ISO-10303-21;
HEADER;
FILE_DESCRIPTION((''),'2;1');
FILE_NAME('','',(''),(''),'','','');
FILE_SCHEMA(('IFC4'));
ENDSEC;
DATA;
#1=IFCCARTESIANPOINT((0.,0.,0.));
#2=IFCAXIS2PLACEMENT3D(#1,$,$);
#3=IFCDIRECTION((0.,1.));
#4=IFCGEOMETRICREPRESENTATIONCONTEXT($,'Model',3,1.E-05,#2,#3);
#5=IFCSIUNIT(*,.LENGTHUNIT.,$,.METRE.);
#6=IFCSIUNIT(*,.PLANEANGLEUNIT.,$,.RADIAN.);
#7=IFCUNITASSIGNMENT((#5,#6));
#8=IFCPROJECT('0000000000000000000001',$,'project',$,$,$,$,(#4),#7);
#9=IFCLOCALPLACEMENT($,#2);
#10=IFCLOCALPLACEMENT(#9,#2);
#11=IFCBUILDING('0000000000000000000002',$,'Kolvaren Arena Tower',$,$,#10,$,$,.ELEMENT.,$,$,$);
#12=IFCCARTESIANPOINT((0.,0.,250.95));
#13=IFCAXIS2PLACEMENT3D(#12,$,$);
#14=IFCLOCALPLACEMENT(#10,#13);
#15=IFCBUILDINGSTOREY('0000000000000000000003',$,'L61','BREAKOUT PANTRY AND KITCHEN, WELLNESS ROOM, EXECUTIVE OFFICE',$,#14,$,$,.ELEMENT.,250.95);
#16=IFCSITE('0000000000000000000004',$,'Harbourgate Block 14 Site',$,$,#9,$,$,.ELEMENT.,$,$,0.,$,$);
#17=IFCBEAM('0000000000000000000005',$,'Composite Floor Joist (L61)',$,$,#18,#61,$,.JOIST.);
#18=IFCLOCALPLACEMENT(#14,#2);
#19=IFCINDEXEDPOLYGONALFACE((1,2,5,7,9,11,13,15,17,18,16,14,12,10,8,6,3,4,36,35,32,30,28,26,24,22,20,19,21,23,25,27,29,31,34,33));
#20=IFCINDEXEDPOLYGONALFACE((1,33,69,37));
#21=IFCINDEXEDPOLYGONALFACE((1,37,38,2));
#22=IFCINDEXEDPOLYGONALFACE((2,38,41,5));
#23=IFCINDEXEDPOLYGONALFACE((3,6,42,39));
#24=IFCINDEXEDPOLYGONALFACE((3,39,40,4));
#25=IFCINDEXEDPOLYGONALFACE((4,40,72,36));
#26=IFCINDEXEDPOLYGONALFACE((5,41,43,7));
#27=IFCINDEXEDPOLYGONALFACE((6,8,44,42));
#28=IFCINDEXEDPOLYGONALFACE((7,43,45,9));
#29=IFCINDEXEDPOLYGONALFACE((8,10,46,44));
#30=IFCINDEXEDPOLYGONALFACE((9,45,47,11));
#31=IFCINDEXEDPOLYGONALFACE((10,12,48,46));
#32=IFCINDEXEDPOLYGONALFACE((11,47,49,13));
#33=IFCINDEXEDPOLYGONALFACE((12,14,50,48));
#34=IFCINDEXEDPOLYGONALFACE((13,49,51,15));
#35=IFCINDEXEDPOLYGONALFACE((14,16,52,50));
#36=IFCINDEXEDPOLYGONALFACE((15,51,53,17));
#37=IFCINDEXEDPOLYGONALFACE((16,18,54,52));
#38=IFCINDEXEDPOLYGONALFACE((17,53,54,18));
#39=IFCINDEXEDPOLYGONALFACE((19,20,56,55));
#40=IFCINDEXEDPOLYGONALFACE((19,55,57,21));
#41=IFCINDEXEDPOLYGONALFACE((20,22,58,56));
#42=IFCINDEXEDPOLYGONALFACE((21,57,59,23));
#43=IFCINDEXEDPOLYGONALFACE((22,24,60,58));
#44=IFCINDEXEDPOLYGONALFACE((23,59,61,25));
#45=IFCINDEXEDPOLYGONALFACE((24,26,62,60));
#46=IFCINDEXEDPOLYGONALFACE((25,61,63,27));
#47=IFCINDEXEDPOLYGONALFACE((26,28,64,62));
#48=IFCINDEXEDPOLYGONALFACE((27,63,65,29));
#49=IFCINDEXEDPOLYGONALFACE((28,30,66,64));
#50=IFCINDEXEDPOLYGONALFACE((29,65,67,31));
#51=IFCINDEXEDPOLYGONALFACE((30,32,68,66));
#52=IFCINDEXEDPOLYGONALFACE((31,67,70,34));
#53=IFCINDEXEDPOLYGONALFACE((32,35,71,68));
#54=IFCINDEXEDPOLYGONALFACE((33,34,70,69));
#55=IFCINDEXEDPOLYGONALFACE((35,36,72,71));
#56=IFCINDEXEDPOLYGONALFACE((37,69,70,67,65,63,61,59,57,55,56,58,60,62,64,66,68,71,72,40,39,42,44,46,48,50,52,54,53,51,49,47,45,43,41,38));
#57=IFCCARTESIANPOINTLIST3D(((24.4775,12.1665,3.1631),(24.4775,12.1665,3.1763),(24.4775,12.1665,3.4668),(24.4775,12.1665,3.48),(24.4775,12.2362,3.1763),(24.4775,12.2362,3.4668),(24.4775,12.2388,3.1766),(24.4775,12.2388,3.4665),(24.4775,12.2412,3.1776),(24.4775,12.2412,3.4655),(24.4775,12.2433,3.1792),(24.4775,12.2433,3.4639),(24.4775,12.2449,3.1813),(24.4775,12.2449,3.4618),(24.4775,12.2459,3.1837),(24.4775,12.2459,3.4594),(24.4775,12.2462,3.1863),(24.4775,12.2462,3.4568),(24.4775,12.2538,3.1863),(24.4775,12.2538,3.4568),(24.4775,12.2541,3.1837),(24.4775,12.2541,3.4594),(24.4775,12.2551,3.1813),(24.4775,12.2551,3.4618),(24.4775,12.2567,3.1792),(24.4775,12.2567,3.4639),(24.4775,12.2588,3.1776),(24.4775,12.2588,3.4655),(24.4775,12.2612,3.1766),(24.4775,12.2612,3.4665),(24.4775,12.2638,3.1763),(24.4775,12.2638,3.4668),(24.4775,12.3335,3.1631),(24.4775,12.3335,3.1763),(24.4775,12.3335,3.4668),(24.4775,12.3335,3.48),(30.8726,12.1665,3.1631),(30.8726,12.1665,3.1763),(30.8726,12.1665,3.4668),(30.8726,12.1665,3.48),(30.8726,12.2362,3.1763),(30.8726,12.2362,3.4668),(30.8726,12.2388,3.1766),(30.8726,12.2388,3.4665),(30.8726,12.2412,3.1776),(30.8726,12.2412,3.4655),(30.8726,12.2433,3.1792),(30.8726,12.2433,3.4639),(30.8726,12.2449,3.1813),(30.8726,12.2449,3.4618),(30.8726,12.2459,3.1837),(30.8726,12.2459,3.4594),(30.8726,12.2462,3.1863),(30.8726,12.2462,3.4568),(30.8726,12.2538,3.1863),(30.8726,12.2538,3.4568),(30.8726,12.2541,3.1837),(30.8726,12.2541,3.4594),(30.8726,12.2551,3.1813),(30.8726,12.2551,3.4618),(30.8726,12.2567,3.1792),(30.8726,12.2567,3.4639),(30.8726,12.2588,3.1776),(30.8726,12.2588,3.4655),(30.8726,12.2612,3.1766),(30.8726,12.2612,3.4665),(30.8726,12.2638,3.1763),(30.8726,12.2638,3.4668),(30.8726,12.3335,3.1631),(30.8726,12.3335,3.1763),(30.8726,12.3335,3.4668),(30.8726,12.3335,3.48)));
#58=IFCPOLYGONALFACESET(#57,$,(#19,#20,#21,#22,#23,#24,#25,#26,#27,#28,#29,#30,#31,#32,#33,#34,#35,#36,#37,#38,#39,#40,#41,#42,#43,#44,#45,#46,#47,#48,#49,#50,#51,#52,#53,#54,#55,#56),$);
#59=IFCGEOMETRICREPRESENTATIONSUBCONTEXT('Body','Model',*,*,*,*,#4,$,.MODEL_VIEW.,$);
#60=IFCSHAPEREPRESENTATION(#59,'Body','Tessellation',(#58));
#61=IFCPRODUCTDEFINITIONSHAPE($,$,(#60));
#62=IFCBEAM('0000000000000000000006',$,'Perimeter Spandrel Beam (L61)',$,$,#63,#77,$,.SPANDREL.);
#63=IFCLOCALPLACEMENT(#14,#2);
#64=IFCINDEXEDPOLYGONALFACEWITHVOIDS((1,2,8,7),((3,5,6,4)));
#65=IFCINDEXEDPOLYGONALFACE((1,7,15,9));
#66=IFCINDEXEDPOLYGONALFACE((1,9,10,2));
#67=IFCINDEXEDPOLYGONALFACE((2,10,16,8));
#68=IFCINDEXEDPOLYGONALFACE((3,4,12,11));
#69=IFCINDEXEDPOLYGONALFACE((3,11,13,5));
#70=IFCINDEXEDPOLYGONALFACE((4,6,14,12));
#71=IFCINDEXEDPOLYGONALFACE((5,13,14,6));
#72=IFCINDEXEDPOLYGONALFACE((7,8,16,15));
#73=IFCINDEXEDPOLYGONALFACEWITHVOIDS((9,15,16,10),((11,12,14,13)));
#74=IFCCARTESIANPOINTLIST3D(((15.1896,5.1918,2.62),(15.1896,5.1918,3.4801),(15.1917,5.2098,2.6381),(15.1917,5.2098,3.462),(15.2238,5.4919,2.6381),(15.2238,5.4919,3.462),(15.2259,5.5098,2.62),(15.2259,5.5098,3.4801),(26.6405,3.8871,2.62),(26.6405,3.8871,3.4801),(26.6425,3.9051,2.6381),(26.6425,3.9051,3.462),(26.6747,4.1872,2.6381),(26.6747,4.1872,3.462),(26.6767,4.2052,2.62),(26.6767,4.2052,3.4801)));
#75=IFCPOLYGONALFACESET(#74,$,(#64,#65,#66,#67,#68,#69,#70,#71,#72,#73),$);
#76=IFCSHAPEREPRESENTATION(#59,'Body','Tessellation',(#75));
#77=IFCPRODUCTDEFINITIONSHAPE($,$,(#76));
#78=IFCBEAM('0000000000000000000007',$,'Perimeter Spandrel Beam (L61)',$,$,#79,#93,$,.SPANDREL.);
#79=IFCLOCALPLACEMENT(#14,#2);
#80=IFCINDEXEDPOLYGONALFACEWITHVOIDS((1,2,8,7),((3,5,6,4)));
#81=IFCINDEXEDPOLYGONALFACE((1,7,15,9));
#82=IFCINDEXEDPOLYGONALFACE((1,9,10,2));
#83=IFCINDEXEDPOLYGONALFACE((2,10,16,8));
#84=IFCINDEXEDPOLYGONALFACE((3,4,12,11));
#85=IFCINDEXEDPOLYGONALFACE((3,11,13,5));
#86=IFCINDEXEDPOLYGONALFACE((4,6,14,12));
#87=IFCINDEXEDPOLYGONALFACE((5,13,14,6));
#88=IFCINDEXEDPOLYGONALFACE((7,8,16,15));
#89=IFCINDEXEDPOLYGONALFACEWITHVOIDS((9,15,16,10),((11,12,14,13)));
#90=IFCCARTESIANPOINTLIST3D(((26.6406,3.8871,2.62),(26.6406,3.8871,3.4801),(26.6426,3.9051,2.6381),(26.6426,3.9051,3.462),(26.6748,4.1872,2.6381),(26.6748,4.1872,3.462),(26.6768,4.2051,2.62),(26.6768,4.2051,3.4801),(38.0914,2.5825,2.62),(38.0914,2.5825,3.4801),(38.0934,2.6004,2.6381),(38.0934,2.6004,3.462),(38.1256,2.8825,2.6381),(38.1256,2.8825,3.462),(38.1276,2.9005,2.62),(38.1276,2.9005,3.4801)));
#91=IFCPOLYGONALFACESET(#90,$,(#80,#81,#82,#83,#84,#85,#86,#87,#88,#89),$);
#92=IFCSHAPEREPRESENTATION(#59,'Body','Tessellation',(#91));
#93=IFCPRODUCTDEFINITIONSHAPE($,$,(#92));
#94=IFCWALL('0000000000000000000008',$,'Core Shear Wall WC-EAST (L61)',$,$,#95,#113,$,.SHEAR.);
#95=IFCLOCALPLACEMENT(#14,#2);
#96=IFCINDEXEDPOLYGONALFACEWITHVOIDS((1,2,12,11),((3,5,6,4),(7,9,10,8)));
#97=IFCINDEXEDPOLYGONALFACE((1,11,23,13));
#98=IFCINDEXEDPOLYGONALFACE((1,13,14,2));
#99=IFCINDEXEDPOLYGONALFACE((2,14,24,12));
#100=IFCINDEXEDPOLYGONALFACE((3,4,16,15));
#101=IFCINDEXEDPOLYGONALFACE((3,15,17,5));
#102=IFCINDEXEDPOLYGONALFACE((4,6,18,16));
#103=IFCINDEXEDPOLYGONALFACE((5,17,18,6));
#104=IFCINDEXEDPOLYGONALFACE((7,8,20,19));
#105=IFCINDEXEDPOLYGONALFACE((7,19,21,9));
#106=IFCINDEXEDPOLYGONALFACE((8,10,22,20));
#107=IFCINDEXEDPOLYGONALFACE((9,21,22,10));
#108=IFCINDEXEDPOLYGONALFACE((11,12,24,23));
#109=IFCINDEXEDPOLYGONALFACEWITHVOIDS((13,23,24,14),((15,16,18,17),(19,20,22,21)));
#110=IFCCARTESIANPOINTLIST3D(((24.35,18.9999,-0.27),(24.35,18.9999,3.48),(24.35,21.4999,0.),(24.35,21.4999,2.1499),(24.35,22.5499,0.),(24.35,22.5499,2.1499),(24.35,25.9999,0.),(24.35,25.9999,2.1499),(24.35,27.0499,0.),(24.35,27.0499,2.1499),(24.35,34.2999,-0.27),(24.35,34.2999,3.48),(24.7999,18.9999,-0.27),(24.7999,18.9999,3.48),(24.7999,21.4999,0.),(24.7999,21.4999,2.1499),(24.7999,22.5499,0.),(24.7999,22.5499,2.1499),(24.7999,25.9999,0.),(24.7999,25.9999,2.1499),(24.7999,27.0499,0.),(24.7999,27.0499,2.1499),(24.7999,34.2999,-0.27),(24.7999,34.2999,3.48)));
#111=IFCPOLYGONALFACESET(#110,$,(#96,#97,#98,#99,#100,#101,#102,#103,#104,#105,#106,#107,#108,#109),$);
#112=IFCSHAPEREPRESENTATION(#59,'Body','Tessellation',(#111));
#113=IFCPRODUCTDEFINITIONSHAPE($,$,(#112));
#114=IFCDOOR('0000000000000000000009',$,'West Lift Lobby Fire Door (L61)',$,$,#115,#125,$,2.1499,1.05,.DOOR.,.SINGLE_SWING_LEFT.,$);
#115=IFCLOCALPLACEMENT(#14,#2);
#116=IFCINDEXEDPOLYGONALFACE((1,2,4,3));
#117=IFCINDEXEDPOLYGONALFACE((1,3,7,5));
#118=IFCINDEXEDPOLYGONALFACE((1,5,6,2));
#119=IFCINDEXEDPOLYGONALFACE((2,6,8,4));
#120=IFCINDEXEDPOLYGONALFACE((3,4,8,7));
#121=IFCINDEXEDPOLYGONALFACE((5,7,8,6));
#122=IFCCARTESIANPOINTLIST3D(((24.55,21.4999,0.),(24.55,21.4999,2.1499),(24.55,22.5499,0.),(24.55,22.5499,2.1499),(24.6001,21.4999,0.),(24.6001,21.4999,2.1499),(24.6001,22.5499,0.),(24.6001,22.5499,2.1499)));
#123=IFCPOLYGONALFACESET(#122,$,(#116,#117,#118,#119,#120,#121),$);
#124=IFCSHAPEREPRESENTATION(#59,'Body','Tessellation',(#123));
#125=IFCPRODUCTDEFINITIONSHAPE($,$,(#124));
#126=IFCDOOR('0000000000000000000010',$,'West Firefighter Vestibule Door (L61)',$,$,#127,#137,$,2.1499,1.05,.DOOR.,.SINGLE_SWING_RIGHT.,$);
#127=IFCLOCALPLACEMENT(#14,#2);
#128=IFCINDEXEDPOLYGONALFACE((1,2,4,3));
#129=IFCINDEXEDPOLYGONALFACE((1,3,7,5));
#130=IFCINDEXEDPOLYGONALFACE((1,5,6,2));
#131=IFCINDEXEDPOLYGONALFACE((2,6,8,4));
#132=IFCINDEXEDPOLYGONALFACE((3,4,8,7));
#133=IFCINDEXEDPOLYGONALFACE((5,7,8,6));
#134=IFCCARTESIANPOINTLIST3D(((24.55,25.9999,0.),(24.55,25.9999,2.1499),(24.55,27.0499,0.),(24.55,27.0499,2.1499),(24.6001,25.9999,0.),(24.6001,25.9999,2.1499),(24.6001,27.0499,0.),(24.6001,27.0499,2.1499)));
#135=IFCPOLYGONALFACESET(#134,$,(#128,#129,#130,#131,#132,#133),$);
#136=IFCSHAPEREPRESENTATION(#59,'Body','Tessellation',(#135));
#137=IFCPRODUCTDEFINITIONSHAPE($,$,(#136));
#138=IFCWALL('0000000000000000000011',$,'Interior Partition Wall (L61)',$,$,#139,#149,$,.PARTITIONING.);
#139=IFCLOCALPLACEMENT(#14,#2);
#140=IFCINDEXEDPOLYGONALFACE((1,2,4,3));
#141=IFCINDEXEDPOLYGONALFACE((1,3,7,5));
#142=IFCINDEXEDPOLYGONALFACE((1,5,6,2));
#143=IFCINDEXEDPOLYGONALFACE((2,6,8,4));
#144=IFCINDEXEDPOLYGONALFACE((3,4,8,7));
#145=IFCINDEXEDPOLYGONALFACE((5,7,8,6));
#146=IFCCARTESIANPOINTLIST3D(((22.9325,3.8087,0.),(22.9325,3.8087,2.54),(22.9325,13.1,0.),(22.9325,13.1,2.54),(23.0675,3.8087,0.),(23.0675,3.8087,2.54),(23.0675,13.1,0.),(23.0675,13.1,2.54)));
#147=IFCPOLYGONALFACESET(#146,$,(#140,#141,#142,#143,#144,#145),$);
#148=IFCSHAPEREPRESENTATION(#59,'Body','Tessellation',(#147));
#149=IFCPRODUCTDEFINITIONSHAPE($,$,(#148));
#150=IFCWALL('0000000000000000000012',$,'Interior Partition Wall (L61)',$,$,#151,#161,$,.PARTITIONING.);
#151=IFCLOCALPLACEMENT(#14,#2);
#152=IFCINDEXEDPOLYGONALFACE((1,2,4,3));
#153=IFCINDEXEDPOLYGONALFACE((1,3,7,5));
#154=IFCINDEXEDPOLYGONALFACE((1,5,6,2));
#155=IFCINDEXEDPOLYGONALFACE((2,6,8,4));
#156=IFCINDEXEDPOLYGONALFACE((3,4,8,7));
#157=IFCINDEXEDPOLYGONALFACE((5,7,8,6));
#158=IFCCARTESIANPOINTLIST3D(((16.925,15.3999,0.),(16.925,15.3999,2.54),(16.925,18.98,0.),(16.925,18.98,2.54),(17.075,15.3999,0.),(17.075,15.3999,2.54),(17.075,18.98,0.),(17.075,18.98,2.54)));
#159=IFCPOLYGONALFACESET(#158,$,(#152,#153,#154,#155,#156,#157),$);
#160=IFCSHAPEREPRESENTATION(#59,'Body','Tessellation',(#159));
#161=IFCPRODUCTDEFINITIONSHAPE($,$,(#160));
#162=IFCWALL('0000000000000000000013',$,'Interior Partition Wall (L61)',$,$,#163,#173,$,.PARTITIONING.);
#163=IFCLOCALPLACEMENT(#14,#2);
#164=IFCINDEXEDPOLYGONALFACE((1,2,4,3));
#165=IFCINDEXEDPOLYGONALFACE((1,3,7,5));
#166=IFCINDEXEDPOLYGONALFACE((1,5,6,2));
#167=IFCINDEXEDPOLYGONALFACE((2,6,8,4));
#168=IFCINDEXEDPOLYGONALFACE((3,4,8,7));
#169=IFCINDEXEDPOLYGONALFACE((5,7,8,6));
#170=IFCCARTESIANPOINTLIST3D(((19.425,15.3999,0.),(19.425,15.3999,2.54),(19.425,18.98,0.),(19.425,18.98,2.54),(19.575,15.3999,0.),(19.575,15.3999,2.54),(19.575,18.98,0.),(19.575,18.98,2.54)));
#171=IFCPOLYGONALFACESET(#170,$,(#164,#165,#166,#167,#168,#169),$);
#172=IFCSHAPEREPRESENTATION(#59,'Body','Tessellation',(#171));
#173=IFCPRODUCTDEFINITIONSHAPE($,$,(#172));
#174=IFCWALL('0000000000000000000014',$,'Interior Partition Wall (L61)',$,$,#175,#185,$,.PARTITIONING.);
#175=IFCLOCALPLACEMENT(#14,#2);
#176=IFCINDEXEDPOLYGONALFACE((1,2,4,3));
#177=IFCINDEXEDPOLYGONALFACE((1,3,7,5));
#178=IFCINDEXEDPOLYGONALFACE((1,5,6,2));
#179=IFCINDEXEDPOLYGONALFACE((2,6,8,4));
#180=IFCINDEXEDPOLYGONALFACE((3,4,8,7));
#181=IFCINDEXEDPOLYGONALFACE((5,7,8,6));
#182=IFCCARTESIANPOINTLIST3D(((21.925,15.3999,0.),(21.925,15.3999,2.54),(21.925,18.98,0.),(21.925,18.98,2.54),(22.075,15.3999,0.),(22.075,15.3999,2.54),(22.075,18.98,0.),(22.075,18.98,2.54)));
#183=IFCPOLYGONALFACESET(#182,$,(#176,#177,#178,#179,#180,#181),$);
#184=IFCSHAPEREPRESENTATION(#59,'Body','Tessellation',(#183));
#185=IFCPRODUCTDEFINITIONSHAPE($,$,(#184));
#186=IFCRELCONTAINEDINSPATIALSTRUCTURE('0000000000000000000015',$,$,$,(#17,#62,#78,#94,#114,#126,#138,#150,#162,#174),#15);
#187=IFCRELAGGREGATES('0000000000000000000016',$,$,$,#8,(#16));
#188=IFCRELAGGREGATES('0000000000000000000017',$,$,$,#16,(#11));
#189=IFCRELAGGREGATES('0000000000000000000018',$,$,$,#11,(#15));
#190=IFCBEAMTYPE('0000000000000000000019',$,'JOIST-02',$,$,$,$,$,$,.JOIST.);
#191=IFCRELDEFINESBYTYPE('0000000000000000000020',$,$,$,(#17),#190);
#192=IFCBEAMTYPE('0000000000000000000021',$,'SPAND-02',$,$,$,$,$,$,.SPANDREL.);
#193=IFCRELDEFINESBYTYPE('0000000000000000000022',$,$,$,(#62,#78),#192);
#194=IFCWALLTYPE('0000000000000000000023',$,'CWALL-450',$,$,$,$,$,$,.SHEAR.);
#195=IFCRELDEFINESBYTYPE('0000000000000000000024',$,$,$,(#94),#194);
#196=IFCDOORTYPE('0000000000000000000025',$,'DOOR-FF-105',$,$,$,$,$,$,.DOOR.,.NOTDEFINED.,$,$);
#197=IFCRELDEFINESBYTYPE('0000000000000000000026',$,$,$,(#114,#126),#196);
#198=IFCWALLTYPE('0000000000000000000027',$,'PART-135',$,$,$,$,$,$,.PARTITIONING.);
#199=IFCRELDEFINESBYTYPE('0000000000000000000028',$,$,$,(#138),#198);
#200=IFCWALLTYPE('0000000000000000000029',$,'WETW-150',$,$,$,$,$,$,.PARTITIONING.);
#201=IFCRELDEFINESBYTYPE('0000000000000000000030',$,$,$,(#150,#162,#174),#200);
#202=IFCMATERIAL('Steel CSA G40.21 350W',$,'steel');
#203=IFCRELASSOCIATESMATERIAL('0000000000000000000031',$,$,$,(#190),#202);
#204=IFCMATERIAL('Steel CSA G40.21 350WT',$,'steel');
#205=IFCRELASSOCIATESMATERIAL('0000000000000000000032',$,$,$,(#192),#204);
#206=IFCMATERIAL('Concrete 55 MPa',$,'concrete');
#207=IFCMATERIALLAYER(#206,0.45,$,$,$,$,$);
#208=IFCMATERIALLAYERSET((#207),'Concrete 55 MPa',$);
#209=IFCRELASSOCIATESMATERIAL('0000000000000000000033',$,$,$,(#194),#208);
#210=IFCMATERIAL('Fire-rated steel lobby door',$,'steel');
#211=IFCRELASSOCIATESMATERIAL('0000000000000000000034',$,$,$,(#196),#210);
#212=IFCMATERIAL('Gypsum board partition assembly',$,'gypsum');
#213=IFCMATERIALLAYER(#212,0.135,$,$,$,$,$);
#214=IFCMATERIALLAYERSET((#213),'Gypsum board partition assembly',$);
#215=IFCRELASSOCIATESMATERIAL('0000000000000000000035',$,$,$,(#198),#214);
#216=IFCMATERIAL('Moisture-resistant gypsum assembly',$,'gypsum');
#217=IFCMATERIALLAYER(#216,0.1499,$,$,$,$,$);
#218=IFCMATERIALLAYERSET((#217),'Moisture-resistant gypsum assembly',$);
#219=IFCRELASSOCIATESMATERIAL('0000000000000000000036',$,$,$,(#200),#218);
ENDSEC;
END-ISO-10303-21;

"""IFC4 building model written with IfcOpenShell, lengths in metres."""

from ifc_helpers import new_model, si_unit, direction, frame, frame_2d, origin, origin_2d, place, context, subcontext, project, spatial, rectangle, hollow_rectangle, i_section, extrude, material, layer, layer_set, material_profile, profile_set, type_object, element, fill, save


model = new_model("IFC4")

# Units and contexts
model_context = context("Model", 3, precision=1e-05, world=origin(), true_north=direction((0.0, 1.0)))
body_context = subcontext(model_context, "Body", "Model", "MODEL_VIEW")
ifc_project = project(units=[si_unit("LENGTHUNIT", "METRE"), si_unit("PLANEANGLEUNIT", "RADIAN")], contexts=[model_context])

# Site, building, storey
site_placement = place(None, origin())
site = spatial("IfcSite", under=ifc_project, at=site_placement, Name="Harbourgate Block 14 Site", CompositionType="ELEMENT", RefElevation=0.0)
building_placement = place(site_placement, origin())
building = spatial("IfcBuilding", under=site, at=building_placement, Name="Kolvaren Arena Tower", CompositionType="ELEMENT")
storey_placement = place(building_placement, frame((0.0, 0.0, 250.95)))
storey = spatial("IfcBuildingStorey", under=building, at=storey_placement, Name="L61", Description="BREAKOUT PANTRY AND KITCHEN, WELLNESS ROOM, EXECUTIVE OFFICE", CompositionType="ELEMENT", Elevation=250.95)

# Beams
ifc_material_1 = material(Name="Steel CSA G40.21 350W", Category="steel")
ifc_material_profile_1 = material_profile(ifc_material_1, i_section(OverallWidth=0.167, OverallDepth=0.3169, WebThickness=0.0076, FlangeThickness=0.0132, FilletRadius=0.01, at=origin_2d()), Name="W310x52")
ifc_profile_set_1 = profile_set([ifc_material_profile_1], Name="Steel CSA G40.21 350W")
beam_type_1 = type_object("IfcBeamType", Name="JOIST-02", PredefinedType="JOIST", material=ifc_profile_set_1)
for number, where, z_axis, x_axis, name in (
    (1, (24.4775, 12.25, 3.3215), (1.0, 0.0, 0.0), (0.0, 1.0, 0.0), "Composite Floor Joist (L61)"),
):
    element("IfcBeam", number, at=place(storey_placement, frame(where, z_axis=z_axis, x_axis=x_axis)), inside=storey, type_object=beam_type_1, Name=name, PredefinedType="JOIST", context=body_context, shape_type="SweptSolid", body=[
        extrude(i_section(OverallWidth=0.167, OverallDepth=0.3169, WebThickness=0.0076, FlangeThickness=0.0132, FilletRadius=0.01, at=origin_2d()), origin(), (0.0, 0.0, 1.0), 6.395),
    ])
ifc_material_2 = material(Name="Steel CSA G40.21 350WT", Category="steel")
ifc_material_profile_2 = material_profile(ifc_material_2, hollow_rectangle(XDim=0.3201, YDim=0.8601, WallThickness=0.0181, at=origin_2d()), Name="HSS 860x320x18")
ifc_profile_set_2 = profile_set([ifc_material_profile_2], Name="Steel CSA G40.21 350WT")
beam_type_2 = type_object("IfcBeamType", Name="SPAND-02", PredefinedType="SPANDREL", material=ifc_profile_set_2)
for number, where, z_axis, x_axis, name in (
    (2, (15.2078, 5.3508, 3.05), (0.993572, -0.113205, 0.0), (0.113205, 0.993572, 0.0), "Perimeter Spandrel Beam (L61)"),
    (3, (26.6587, 4.0461, 3.05), (0.993572, -0.113205, 0.0), (0.113205, 0.993572, 0.0), "Perimeter Spandrel Beam (L61)"),
):
    element("IfcBeam", number, at=place(storey_placement, frame(where, z_axis=z_axis, x_axis=x_axis)), inside=storey, type_object=beam_type_2, Name=name, PredefinedType="SPANDREL", context=body_context, shape_type="SweptSolid", body=[
        extrude(hollow_rectangle(XDim=0.3201, YDim=0.8601, WallThickness=0.0181, at=origin_2d()), origin(), (0.0, 0.0, 1.0), 11.5249),
    ])

# Wall, openings, doors
ifc_material_3 = material(Name="Concrete 55 MPa", Category="concrete")
ifc_layer_1 = layer(ifc_material_3, 0.45)
ifc_layer_set_1 = layer_set([ifc_layer_1], Name="Concrete 55 MPa")
wall_type_1 = type_object("IfcWallType", Name="CWALL-450", PredefinedType="SHEAR", material=ifc_layer_set_1)
wall_1_placement = place(storey_placement, frame((24.575, 19.0, -0.27), z_axis=(0.0, 0.0, 1.0), x_axis=(0.0, 1.0, 0.0)))
wall_1 = element("IfcWall", 4, at=wall_1_placement, inside=storey, type_object=wall_type_1, Name="Core Shear Wall WC-EAST (L61)", PredefinedType="SHEAR", context=body_context, shape_type="SweptSolid", body=[
    extrude(rectangle(XDim=15.3, YDim=0.45, at=frame_2d((7.6499, 0.0))), origin(), (0.0, 0.0, 1.0), 3.75),
])
opening_1_placement = place(wall_1_placement, frame((2.5, 0.0, 0.27)))
opening_1 = element("IfcOpeningElement", 5, at=opening_1_placement, cuts=wall_1, PredefinedType="OPENING", context=body_context, shape_type="SweptSolid", body=[
    extrude(rectangle(XDim=1.05, YDim=2.1499, at=frame_2d((0.5249, 1.075))), frame((0.0, 0.2349, 0.0), z_axis=(0.0, -1.0, 0.0), x_axis=(1.0, 0.0, 0.0)), (0.0, 0.0, 1.0), 0.47),
])
opening_2_placement = place(wall_1_placement, frame((7.0, 0.0, 0.27)))
opening_2 = element("IfcOpeningElement", 6, at=opening_2_placement, cuts=wall_1, PredefinedType="OPENING", context=body_context, shape_type="SweptSolid", body=[
    extrude(rectangle(XDim=1.05, YDim=2.1499, at=frame_2d((0.5249, 1.075))), frame((0.0, 0.2349, 0.0), z_axis=(0.0, -1.0, 0.0), x_axis=(1.0, 0.0, 0.0)), (0.0, 0.0, 1.0), 0.47),
])
ifc_material_4 = material(Name="Fire-rated steel lobby door", Category="steel")
door_type = type_object("IfcDoorType", Name="DOOR-FF-105", OperationType="NOTDEFINED", PredefinedType="DOOR", material=ifc_material_4)
door_1_placement = place(opening_1_placement, origin())
door_1 = element("IfcDoor", 7, at=door_1_placement, inside=storey, type_object=door_type, Name="West Lift Lobby Fire Door (L61)", OperationType="SINGLE_SWING_LEFT", OverallHeight=2.1499, OverallWidth=1.05, PredefinedType="DOOR", context=body_context, shape_type="SweptSolid", body=[
    extrude(rectangle(XDim=1.05, YDim=2.1499, at=frame_2d((0.5249, 1.075))), frame((0.0, 0.0249, 0.0), z_axis=(0.0, -1.0, 0.0), x_axis=(1.0, 0.0, 0.0)), (0.0, 0.0, 1.0), 0.05),
])
fill(opening_1, door_1)
door_2_placement = place(opening_2_placement, origin())
door_2 = element("IfcDoor", 8, at=door_2_placement, inside=storey, type_object=door_type, Name="West Firefighter Vestibule Door (L61)", OperationType="SINGLE_SWING_RIGHT", OverallHeight=2.1499, OverallWidth=1.05, PredefinedType="DOOR", context=body_context, shape_type="SweptSolid", body=[
    extrude(rectangle(XDim=1.05, YDim=2.1499, at=frame_2d((0.5249, 1.075))), frame((0.0, 0.0249, 0.0), z_axis=(0.0, -1.0, 0.0), x_axis=(1.0, 0.0, 0.0)), (0.0, 0.0, 1.0), 0.05),
])
fill(opening_2, door_2)

# Walls
ifc_material_5 = material(Name="Gypsum board partition assembly", Category="gypsum")
ifc_layer_2 = layer(ifc_material_5, 0.135)
ifc_layer_set_2 = layer_set([ifc_layer_2], Name="Gypsum board partition assembly")
wall_type_2 = type_object("IfcWallType", Name="PART-135", PredefinedType="PARTITIONING", material=ifc_layer_set_2)
wall_2_placement = place(storey_placement, frame((23.0, 3.8088, 0.0), z_axis=(0.0, 0.0, 1.0), x_axis=(0.0, 1.0, 0.0)))
element("IfcWall", 9, at=wall_2_placement, inside=storey, type_object=wall_type_2, Name="Interior Partition Wall (L61)", PredefinedType="PARTITIONING", context=body_context, shape_type="SweptSolid", body=[
    extrude(rectangle(XDim=9.2913, YDim=0.135, at=frame_2d((4.6455, 0.0))), origin(), (0.0, 0.0, 1.0), 2.54),
])
ifc_material_6 = material(Name="Moisture-resistant gypsum assembly", Category="gypsum")
ifc_layer_3 = layer(ifc_material_6, 0.1499)
ifc_layer_set_3 = layer_set([ifc_layer_3], Name="Moisture-resistant gypsum assembly")
wall_type_3 = type_object("IfcWallType", Name="WETW-150", PredefinedType="PARTITIONING", material=ifc_layer_set_3)
for number, where, z_axis, x_axis, name in (
    (10, (17.0, 15.3999, 0.0), (0.0, 0.0, 1.0), (0.0, 1.0, 0.0), "Interior Partition Wall (L61)"),
    (11, (19.5, 15.3999, 0.0), (0.0, 0.0, 1.0), (0.0, 1.0, 0.0), "Interior Partition Wall (L61)"),
    (12, (22.0, 15.3999, 0.0), (0.0, 0.0, 1.0), (0.0, 1.0, 0.0), "Interior Partition Wall (L61)"),
):
    element("IfcWall", number, at=place(storey_placement, frame(where, z_axis=z_axis, x_axis=x_axis)), inside=storey, type_object=wall_type_3, Name=name, PredefinedType="PARTITIONING", context=body_context, shape_type="SweptSolid", body=[
        extrude(rectangle(XDim=3.5801, YDim=0.1499, at=frame_2d((1.79, 0.0))), origin(), (0.0, 0.0, 1.0), 2.54),
    ])

save(model, "model.ifc")
